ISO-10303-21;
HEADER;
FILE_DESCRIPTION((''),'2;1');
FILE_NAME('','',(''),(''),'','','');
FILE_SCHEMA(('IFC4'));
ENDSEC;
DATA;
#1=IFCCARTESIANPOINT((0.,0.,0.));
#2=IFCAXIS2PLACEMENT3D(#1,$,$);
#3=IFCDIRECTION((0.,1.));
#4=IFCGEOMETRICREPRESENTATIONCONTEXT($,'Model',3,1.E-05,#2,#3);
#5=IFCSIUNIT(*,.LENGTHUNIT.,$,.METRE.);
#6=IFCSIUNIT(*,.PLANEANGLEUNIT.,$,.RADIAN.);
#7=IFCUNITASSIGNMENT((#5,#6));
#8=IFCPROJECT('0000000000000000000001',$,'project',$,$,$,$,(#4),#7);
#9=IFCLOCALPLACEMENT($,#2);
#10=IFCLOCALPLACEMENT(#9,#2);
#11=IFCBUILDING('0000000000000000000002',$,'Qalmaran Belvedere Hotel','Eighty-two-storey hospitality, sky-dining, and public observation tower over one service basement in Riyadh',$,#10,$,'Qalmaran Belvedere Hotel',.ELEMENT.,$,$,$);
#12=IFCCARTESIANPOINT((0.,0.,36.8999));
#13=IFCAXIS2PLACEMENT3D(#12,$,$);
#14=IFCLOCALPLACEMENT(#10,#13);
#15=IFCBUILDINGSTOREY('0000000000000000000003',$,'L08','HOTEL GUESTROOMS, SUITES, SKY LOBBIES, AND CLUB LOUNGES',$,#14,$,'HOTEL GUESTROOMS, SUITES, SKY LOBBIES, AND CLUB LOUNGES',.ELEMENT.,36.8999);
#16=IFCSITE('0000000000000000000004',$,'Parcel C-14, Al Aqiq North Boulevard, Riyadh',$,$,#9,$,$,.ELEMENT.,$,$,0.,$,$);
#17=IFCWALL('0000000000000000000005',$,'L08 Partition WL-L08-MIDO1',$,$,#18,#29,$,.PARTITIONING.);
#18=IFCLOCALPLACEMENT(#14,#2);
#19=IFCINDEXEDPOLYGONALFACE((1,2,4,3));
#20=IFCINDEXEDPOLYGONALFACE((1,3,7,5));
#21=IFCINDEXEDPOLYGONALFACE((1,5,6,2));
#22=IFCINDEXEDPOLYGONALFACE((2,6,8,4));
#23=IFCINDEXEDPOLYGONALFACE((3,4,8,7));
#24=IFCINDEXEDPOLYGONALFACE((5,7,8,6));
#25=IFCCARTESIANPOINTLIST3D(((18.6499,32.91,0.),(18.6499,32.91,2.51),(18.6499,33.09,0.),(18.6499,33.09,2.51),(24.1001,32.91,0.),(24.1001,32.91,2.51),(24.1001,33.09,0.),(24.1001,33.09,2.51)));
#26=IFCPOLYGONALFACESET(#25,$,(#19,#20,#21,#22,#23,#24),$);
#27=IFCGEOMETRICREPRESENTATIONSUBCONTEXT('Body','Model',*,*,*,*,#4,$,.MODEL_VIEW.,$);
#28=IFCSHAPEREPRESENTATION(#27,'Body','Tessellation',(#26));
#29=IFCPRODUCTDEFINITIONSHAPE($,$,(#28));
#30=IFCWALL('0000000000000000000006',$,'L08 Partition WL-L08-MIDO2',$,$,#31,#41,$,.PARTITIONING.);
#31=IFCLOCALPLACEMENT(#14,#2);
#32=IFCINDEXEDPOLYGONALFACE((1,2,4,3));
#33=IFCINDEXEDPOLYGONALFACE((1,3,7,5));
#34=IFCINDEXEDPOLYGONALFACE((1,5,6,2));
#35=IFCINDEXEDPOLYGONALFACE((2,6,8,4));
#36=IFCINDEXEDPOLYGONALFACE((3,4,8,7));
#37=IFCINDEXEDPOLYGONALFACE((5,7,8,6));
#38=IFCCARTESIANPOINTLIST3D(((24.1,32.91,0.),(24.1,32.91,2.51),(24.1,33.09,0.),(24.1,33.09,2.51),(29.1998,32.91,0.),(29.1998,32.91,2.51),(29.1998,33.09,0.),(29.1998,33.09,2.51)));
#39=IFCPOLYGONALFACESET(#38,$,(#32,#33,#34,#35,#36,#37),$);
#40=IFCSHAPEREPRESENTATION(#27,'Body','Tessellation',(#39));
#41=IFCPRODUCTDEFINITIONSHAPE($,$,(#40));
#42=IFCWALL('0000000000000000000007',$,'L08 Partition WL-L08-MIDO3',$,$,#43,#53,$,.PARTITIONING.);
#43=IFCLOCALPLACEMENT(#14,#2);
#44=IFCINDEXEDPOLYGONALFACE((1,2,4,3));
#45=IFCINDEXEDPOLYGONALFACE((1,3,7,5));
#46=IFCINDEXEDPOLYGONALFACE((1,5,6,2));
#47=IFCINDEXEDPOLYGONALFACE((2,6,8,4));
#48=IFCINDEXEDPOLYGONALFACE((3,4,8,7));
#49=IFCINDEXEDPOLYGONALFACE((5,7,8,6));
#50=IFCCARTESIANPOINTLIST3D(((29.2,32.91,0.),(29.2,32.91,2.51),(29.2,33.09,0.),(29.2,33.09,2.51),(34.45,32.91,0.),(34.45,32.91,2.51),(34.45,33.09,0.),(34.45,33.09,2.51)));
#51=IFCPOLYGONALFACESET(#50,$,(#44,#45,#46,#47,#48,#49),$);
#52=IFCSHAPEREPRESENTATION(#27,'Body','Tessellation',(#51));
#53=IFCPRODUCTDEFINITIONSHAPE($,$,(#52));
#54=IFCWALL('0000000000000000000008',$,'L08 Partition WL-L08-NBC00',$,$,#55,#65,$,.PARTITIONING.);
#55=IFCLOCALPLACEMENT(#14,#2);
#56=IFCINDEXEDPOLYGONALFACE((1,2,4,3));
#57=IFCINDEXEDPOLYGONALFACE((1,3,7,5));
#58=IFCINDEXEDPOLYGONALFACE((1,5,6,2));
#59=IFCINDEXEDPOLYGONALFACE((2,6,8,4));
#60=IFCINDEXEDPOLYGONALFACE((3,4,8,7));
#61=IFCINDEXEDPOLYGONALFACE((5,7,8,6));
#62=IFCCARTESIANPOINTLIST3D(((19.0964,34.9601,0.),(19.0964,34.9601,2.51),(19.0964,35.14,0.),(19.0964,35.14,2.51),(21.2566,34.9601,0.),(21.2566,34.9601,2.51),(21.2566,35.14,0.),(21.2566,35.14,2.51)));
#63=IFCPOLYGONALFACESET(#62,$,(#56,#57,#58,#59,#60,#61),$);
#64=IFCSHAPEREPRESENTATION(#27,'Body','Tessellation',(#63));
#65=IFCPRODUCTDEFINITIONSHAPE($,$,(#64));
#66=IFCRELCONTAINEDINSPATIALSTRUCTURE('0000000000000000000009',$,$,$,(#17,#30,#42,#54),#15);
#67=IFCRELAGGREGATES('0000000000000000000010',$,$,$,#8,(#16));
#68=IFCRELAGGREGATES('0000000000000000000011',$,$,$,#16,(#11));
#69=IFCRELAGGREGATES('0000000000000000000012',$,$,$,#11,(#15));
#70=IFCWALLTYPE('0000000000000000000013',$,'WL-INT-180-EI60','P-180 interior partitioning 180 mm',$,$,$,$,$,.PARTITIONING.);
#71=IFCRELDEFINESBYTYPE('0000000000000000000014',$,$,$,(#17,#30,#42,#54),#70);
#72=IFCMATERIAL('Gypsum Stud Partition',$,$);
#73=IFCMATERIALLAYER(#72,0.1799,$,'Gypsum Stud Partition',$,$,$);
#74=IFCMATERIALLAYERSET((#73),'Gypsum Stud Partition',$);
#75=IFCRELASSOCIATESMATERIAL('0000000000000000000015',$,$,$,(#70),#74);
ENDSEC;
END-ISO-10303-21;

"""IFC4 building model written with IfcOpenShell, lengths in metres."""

from ifc_helpers import new_model, si_unit, direction, frame, frame_2d, origin, place, context, subcontext, project, spatial, rectangle, extrude, material, layer, layer_set, type_object, element, save


model = new_model("IFC4")

# Units and contexts
model_context = context("Model", 3, precision=1e-05, world=origin(), true_north=direction((0.0, 1.0)))
body_context = subcontext(model_context, "Body", "Model", "MODEL_VIEW")
ifc_project = project(units=[si_unit("LENGTHUNIT", "METRE"), si_unit("PLANEANGLEUNIT", "RADIAN")], contexts=[model_context])

# Site, building, storey
site_placement = place(None, origin())
site = spatial("IfcSite", under=ifc_project, at=site_placement, Name="Parcel C-14, Al Aqiq North Boulevard, Riyadh", CompositionType="ELEMENT", RefElevation=0.0)
building_placement = place(site_placement, origin())
building = spatial("IfcBuilding", under=site, at=building_placement, Name="Qalmaran Belvedere Hotel", Description="Eighty-two-storey hospitality, sky-dining, and public observation tower over one service basement in Riyadh", LongName="Qalmaran Belvedere Hotel", CompositionType="ELEMENT")
storey_placement = place(building_placement, frame((0.0, 0.0, 36.8999)))
storey = spatial("IfcBuildingStorey", under=building, at=storey_placement, Name="L08", Description="HOTEL GUESTROOMS, SUITES, SKY LOBBIES, AND CLUB LOUNGES", LongName="HOTEL GUESTROOMS, SUITES, SKY LOBBIES, AND CLUB LOUNGES", CompositionType="ELEMENT", Elevation=36.8999)

# Shared definitions
ifc_material_1 = material(Name="Gypsum Stud Partition")

# Shared definitions
ifc_layer_1 = layer(ifc_material_1, 0.1799, Name="Gypsum Stud Partition")
ifc_layer_set_1 = layer_set([ifc_layer_1], Name="Gypsum Stud Partition")
wall_type_1 = type_object("IfcWallType", Name="WL-INT-180-EI60", Description="P-180 interior partitioning 180 mm", PredefinedType="PARTITIONING", material=ifc_layer_set_1)

# Wall
wall_1_placement = place(storey_placement, frame((18.6499, 33.0, 0.0), z_axis=(0.0, 0.0, 1.0), x_axis=(1.0, 0.0, 0.0)))
element("IfcWall", 1, at=wall_1_placement, inside=storey, type_object=wall_type_1, Name="L08 Partition WL-L08-MIDO1", PredefinedType="PARTITIONING", context=body_context, shape_type="SweptSolid", body=[
    extrude(rectangle(XDim=5.4502, YDim=0.1799, at=frame_2d((2.7251, 0.0))), origin(), (0.0, 0.0, 1.0), 2.51),
])

# Wall
wall_2_placement = place(storey_placement, frame((24.1001, 33.0, 0.0), z_axis=(0.0, 0.0, 1.0), x_axis=(1.0, 0.0, 0.0)))
element("IfcWall", 2, at=wall_2_placement, inside=storey, type_object=wall_type_1, Name="L08 Partition WL-L08-MIDO2", PredefinedType="PARTITIONING", context=body_context, shape_type="SweptSolid", body=[
    extrude(rectangle(XDim=5.0999, YDim=0.1799, at=frame_2d((2.5498, 0.0))), origin(), (0.0, 0.0, 1.0), 2.51),
])

# Walls
wall_3_placement = place(storey_placement, frame((29.2, 33.0, 0.0), z_axis=(0.0, 0.0, 1.0), x_axis=(1.0, 0.0, 0.0)))
element("IfcWall", 3, at=wall_3_placement, inside=storey, type_object=wall_type_1, Name="L08 Partition WL-L08-MIDO3", PredefinedType="PARTITIONING", context=body_context, shape_type="SweptSolid", body=[
    extrude(rectangle(XDim=5.25, YDim=0.1799, at=frame_2d((2.625, 0.0))), origin(), (0.0, 0.0, 1.0), 2.51),
])
wall_4_placement = place(storey_placement, frame((19.0964, 35.05, 0.0), z_axis=(0.0, 0.0, 1.0), x_axis=(1.0, 0.0, 0.0)))
element("IfcWall", 4, at=wall_4_placement, inside=storey, type_object=wall_type_1, Name="L08 Partition WL-L08-NBC00", PredefinedType="PARTITIONING", context=body_context, shape_type="SweptSolid", body=[
    extrude(rectangle(XDim=2.1602, YDim=0.1799, at=frame_2d((1.0801, 0.0))), origin(), (0.0, 0.0, 1.0), 2.51),
])

save(model, "model.ifc")
